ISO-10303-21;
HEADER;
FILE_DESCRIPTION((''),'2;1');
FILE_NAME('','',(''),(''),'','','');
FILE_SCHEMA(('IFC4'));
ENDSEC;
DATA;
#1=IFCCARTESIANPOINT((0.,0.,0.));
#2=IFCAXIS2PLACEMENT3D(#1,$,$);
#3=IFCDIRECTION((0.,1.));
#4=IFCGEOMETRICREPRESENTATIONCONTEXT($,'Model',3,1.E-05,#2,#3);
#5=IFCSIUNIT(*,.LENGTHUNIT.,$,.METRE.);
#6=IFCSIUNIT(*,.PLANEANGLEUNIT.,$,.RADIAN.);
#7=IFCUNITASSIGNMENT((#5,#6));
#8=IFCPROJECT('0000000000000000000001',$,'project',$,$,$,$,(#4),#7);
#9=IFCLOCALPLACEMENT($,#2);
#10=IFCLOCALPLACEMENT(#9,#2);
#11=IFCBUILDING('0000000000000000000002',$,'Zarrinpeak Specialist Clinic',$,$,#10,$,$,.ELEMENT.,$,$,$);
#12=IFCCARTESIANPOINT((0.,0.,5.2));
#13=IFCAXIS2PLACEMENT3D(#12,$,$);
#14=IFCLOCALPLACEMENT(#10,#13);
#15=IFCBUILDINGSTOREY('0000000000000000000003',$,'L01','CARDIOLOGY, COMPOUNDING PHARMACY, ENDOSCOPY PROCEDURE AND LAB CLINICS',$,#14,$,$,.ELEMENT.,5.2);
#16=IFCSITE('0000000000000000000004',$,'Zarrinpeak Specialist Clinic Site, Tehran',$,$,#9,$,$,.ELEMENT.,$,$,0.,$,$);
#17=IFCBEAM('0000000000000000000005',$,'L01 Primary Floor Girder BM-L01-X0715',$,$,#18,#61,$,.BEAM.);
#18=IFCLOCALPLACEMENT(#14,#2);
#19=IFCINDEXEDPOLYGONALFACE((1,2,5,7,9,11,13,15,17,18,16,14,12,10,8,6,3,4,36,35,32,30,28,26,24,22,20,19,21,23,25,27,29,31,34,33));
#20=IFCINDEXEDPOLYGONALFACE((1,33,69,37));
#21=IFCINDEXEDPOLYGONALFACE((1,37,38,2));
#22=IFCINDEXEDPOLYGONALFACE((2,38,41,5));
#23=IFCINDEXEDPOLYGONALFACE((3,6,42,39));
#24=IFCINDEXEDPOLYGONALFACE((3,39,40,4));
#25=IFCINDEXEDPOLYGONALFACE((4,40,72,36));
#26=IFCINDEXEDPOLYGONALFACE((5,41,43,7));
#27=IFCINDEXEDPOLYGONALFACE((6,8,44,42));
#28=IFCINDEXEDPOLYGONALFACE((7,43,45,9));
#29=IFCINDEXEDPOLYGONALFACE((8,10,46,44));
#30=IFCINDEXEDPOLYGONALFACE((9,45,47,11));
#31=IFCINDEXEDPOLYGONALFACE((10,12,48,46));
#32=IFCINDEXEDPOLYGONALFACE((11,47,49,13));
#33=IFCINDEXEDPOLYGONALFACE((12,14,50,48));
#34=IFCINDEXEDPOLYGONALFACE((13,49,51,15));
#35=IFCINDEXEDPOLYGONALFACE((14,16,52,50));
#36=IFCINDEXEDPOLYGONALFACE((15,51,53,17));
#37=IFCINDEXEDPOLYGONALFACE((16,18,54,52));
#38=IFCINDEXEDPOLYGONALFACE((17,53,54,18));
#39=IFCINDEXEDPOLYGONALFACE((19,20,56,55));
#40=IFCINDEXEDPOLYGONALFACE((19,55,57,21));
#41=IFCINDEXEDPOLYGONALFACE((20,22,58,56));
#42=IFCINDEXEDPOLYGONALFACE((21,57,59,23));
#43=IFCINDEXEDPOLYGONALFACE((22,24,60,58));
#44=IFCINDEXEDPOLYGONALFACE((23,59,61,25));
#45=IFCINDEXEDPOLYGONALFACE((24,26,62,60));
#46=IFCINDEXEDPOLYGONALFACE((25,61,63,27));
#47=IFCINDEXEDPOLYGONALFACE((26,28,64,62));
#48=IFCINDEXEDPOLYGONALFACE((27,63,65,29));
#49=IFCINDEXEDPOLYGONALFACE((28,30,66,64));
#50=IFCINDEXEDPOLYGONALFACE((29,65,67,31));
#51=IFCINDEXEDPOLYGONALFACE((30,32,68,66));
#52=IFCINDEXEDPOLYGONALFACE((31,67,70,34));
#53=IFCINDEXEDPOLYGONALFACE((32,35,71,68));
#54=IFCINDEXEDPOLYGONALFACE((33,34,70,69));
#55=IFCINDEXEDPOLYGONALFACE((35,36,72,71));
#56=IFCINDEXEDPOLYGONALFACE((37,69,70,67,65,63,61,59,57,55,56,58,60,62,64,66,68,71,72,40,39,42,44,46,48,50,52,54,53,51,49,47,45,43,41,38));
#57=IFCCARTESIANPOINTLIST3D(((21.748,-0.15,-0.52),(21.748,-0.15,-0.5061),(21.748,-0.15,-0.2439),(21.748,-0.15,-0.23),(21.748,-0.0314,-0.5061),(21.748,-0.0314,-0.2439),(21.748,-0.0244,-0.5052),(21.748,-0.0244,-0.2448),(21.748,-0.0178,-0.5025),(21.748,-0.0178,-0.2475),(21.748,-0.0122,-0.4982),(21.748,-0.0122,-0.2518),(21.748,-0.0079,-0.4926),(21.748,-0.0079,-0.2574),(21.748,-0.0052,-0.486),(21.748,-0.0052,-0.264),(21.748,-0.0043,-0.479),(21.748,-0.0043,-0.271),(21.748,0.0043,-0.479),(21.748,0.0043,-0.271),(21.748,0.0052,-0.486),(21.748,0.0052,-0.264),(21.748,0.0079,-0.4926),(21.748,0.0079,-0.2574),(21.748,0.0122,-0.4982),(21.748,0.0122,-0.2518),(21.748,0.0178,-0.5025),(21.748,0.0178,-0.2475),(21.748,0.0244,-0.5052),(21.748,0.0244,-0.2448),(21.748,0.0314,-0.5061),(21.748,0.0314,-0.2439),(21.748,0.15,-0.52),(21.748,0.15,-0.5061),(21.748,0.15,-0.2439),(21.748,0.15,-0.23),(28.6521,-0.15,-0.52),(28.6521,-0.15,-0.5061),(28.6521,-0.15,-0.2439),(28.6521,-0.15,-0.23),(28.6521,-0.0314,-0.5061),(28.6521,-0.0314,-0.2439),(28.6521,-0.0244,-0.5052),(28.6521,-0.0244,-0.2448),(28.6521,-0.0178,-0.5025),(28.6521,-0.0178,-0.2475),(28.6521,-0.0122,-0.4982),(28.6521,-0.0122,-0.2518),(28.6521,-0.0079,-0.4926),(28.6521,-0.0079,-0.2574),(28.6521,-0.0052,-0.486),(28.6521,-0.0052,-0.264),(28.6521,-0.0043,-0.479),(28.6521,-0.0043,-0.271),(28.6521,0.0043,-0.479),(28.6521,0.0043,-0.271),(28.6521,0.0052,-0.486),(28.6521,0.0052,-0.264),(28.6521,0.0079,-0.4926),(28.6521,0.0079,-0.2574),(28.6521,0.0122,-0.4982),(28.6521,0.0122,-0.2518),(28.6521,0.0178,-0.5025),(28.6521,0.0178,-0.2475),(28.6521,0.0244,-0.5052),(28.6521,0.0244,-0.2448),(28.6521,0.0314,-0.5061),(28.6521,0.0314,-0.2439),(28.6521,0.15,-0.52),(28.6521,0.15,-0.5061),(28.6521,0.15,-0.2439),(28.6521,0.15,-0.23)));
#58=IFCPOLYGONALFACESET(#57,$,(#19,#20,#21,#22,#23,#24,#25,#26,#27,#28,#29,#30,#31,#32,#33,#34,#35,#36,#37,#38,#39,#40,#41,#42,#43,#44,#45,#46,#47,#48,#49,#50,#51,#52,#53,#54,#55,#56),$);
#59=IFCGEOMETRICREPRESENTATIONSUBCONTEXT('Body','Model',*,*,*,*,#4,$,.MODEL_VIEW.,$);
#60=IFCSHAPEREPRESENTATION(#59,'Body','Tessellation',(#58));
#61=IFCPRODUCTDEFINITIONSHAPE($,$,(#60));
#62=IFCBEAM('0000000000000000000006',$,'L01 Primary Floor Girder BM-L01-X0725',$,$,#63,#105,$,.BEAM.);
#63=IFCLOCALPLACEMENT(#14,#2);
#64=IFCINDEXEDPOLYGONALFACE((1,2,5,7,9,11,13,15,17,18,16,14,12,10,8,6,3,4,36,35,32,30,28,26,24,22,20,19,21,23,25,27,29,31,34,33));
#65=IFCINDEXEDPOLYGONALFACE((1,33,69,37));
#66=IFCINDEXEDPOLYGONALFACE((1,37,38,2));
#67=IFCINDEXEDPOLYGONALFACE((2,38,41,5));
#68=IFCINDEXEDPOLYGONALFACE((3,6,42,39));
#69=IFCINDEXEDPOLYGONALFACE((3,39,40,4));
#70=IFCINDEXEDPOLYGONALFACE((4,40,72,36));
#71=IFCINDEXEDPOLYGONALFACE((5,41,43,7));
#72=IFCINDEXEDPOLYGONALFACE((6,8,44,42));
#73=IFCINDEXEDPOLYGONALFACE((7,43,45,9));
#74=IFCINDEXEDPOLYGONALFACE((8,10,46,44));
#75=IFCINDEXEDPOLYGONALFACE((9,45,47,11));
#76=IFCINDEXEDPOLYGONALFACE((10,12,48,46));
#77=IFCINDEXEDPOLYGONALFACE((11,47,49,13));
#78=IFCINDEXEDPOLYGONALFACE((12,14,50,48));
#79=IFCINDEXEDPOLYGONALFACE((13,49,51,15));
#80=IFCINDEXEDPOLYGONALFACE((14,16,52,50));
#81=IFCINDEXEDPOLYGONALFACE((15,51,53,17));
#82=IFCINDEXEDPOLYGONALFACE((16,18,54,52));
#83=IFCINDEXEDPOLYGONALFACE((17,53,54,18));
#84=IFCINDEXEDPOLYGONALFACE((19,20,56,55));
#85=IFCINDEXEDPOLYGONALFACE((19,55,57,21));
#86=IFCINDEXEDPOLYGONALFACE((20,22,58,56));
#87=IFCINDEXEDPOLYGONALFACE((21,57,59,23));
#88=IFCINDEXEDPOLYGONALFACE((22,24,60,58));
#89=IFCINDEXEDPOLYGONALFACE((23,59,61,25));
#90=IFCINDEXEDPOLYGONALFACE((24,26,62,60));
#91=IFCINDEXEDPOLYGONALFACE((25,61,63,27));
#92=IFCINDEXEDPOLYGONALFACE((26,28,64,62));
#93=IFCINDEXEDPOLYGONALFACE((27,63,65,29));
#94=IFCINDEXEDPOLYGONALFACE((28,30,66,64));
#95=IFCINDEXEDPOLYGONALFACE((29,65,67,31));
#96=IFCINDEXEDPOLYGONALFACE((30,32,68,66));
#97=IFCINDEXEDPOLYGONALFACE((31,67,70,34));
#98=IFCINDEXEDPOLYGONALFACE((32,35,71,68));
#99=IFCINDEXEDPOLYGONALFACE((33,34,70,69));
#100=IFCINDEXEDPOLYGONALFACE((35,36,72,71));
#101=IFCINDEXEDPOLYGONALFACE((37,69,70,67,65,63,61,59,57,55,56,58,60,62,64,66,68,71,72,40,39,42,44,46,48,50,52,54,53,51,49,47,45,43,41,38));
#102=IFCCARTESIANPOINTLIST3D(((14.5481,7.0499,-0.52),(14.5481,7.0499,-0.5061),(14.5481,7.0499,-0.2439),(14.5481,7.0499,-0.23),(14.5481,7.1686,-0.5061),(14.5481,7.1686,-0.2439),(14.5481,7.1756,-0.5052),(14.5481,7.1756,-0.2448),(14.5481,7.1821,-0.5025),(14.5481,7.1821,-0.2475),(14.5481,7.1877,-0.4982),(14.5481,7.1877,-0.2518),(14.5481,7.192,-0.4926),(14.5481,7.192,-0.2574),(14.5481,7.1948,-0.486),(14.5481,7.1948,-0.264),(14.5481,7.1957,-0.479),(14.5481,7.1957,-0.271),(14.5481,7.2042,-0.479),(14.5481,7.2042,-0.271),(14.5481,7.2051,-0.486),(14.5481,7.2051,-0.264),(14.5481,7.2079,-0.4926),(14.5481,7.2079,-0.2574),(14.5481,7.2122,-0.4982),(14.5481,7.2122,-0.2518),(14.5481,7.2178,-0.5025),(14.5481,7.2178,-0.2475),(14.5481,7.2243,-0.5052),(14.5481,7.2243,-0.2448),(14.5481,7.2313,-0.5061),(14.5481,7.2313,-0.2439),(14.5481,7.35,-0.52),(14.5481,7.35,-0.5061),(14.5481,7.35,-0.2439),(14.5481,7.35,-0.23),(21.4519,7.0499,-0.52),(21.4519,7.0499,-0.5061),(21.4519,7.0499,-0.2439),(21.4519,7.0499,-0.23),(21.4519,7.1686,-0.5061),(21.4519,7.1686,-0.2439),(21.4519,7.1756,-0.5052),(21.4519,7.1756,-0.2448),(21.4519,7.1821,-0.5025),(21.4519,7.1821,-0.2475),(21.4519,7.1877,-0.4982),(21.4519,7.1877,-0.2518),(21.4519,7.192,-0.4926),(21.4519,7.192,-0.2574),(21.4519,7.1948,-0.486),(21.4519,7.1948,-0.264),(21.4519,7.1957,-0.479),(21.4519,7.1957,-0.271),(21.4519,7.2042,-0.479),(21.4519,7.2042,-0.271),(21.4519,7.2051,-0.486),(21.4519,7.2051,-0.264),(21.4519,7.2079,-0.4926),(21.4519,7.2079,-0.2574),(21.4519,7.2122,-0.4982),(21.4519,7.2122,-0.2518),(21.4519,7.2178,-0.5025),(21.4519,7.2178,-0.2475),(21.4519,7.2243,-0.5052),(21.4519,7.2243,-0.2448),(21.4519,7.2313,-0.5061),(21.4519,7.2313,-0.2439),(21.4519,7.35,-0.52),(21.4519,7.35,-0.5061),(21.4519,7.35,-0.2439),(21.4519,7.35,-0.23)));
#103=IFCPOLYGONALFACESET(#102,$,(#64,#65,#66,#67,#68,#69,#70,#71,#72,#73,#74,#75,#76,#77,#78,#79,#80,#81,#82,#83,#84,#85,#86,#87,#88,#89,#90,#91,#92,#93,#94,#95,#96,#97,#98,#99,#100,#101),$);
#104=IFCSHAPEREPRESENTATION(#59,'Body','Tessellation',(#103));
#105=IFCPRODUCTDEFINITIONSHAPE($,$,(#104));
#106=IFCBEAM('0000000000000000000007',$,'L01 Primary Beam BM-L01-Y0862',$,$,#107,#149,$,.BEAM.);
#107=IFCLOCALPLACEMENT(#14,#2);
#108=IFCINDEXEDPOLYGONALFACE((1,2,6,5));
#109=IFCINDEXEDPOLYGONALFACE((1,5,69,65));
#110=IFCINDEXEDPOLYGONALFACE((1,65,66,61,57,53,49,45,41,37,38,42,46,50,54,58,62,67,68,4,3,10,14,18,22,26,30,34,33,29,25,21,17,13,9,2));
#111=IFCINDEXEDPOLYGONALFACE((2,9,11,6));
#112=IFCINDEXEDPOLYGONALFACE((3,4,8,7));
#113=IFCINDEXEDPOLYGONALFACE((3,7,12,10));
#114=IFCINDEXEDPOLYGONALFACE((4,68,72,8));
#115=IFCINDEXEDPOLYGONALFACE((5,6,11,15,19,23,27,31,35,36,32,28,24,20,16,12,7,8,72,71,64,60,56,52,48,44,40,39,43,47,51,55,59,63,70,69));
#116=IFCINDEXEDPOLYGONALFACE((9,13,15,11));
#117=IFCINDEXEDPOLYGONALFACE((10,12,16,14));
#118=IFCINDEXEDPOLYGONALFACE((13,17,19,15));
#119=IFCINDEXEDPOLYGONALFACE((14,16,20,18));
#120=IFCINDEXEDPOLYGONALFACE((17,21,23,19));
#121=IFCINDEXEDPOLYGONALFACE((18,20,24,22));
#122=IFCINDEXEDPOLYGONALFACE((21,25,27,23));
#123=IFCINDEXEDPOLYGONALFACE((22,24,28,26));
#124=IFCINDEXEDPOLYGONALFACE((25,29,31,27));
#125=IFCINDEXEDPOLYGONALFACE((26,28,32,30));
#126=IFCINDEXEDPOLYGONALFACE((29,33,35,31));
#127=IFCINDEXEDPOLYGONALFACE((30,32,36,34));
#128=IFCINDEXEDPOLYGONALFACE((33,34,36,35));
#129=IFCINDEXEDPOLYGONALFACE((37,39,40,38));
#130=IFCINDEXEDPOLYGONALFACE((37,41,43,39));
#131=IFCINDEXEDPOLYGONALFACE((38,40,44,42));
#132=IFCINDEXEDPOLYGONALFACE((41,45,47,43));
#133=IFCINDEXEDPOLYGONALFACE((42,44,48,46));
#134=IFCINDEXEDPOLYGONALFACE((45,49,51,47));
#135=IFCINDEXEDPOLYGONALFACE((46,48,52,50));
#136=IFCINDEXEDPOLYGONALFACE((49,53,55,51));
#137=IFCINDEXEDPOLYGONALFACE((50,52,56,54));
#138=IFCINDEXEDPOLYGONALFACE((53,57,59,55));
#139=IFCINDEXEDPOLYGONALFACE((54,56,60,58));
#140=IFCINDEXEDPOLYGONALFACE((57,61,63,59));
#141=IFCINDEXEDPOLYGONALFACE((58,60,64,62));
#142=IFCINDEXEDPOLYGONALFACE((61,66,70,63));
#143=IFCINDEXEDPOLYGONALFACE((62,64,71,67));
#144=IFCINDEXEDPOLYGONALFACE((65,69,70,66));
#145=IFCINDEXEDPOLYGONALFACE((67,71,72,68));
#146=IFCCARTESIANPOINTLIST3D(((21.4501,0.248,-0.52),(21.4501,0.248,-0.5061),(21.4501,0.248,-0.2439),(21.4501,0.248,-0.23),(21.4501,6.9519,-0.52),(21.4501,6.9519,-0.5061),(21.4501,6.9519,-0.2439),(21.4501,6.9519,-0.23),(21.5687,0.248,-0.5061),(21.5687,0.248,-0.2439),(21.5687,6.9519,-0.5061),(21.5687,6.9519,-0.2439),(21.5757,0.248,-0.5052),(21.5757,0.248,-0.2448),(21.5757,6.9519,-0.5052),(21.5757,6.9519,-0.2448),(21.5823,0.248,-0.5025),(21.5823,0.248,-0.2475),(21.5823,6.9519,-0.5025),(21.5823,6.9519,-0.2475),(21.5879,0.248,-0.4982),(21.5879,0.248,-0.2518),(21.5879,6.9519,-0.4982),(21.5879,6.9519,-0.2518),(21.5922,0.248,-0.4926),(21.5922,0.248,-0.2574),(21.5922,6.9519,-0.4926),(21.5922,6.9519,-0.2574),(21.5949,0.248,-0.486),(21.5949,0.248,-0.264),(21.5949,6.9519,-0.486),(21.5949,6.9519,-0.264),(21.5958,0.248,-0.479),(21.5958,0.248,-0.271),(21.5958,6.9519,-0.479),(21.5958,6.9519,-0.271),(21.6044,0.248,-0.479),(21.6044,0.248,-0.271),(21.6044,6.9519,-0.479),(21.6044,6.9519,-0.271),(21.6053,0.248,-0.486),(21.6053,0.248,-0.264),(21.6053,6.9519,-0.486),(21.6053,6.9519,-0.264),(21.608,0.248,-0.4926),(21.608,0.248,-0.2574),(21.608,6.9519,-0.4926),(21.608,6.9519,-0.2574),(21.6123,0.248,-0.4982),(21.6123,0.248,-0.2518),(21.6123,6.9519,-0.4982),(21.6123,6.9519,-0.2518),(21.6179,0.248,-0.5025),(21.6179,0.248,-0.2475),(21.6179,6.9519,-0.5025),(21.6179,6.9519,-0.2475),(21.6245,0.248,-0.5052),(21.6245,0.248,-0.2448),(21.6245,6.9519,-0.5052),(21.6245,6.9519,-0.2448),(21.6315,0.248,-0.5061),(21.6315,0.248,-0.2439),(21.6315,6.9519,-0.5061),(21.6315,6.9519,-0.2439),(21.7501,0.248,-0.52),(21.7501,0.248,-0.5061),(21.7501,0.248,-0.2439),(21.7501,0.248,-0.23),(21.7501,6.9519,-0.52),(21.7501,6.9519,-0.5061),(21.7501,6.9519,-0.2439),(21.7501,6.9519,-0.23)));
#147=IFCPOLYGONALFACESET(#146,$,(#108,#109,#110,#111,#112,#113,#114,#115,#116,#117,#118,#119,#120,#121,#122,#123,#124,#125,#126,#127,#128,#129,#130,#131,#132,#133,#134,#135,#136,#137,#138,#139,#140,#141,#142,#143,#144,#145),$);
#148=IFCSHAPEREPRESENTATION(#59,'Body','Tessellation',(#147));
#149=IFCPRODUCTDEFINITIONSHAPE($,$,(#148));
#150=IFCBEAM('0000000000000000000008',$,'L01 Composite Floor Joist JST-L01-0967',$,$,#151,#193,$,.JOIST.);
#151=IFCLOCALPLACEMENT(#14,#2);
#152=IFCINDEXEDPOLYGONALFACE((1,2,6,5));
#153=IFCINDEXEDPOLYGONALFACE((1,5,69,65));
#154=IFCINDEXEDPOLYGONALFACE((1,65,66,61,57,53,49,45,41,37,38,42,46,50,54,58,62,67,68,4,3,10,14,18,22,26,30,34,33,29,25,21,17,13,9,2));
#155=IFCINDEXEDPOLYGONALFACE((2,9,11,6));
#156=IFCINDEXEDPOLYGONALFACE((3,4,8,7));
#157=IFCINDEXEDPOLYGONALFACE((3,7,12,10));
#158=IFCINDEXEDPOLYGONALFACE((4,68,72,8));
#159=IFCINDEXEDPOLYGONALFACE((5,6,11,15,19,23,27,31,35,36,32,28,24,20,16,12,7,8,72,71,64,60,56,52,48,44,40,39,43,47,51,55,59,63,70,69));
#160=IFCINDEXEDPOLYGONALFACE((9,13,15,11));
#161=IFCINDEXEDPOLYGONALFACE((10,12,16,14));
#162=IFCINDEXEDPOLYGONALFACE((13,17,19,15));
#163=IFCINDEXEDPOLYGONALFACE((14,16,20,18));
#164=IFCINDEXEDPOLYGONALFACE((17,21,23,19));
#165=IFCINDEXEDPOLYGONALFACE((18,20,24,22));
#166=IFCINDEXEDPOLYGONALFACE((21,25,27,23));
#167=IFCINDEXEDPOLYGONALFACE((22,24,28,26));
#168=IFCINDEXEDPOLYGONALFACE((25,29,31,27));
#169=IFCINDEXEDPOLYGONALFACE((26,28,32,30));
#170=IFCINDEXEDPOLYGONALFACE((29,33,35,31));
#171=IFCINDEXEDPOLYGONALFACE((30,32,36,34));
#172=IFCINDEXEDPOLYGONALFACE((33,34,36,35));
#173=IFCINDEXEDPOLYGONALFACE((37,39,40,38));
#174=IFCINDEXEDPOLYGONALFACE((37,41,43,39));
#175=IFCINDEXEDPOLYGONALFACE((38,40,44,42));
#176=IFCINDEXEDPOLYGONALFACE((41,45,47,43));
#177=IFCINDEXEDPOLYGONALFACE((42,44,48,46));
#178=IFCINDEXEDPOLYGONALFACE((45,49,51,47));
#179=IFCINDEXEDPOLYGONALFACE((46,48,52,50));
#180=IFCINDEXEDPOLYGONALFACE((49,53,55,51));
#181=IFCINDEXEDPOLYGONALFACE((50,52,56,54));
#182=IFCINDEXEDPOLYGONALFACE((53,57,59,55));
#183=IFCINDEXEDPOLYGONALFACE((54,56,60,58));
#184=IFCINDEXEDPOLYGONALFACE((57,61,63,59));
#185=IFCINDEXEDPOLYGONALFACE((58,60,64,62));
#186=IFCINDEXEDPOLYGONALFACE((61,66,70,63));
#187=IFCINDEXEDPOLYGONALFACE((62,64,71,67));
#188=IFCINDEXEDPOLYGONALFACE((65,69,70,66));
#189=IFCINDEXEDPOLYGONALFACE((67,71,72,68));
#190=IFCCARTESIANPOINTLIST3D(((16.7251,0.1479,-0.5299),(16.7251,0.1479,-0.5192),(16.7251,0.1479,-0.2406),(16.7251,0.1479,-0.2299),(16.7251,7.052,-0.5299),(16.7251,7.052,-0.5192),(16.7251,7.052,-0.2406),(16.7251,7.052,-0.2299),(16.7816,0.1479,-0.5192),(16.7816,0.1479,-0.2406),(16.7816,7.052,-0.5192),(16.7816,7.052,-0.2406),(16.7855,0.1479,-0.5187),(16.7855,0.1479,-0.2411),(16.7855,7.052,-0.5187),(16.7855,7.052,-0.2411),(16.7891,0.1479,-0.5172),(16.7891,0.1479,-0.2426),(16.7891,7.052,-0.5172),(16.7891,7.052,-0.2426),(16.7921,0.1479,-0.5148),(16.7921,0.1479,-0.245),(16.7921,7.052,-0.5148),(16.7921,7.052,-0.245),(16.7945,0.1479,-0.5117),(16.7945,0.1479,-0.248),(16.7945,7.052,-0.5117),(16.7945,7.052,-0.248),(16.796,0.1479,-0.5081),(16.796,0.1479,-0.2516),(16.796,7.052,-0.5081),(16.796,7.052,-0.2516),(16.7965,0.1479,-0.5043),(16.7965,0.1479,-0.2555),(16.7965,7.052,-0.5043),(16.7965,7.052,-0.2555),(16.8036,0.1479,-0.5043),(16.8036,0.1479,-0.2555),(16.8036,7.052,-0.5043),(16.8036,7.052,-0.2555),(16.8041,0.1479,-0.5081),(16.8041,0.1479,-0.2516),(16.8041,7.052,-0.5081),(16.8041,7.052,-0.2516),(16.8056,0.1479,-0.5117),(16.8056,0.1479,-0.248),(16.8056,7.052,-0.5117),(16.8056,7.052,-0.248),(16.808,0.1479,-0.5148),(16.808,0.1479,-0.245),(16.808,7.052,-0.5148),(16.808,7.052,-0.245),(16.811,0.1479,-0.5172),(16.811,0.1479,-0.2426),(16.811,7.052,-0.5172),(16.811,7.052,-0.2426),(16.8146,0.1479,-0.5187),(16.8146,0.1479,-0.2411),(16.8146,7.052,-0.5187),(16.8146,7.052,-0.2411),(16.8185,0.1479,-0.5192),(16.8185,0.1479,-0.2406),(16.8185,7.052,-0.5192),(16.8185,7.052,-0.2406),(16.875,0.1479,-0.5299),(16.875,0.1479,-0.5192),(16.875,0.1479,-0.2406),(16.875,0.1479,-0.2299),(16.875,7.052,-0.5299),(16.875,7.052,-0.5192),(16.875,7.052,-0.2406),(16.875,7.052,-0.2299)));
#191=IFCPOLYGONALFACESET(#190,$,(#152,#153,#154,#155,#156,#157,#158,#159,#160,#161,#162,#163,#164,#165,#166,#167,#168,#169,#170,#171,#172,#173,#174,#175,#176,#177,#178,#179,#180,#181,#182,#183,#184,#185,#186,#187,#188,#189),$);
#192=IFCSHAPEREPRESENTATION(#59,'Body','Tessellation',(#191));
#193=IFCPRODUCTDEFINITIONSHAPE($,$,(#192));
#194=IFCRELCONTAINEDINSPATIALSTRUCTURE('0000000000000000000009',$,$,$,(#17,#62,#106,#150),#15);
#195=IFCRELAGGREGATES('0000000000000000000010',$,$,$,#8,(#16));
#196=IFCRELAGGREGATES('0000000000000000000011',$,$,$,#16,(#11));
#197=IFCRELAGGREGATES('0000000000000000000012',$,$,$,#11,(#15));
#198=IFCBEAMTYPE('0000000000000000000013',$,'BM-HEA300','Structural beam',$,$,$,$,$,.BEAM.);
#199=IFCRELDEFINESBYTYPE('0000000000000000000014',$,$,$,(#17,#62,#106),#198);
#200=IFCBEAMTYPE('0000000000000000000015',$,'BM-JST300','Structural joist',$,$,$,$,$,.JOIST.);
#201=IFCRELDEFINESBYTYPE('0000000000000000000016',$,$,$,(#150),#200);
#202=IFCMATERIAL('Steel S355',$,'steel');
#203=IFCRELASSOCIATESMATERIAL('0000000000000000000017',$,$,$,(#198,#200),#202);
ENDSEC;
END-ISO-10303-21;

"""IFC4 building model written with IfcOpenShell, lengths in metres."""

from ifc_helpers import new_model, si_unit, direction, frame, origin, origin_2d, place, context, subcontext, project, spatial, i_section, extrude, material, material_profile, profile_set, type_object, element, save


model = new_model("IFC4")

# Units and contexts
model_context = context("Model", 3, precision=1e-05, world=origin(), true_north=direction((0.0, 1.0)))
body_context = subcontext(model_context, "Body", "Model", "MODEL_VIEW")
ifc_project = project(units=[si_unit("LENGTHUNIT", "METRE"), si_unit("PLANEANGLEUNIT", "RADIAN")], contexts=[model_context])

# Site, building, storey
site_placement = place(None, origin())
site = spatial("IfcSite", under=ifc_project, at=site_placement, Name="Zarrinpeak Specialist Clinic Site, Tehran", CompositionType="ELEMENT", RefElevation=0.0)
building_placement = place(site_placement, origin())
building = spatial("IfcBuilding", under=site, at=building_placement, Name="Zarrinpeak Specialist Clinic", CompositionType="ELEMENT")
storey_placement = place(building_placement, frame((0.0, 0.0, 5.2)))
storey = spatial("IfcBuildingStorey", under=building, at=storey_placement, Name="L01", Description="CARDIOLOGY, COMPOUNDING PHARMACY, ENDOSCOPY PROCEDURE AND LAB CLINICS", CompositionType="ELEMENT", Elevation=5.2)

# Shared definitions
ifc_material_1 = material(Name="Steel S355", Category="steel")

# Beams
ifc_material_profile_1 = material_profile(ifc_material_1, i_section(OverallWidth=0.3, OverallDepth=0.29, WebThickness=0.0085, FlangeThickness=0.0139, FilletRadius=0.0271, at=origin_2d()), Name="HEA 300")
ifc_profile_set_1 = profile_set([ifc_material_profile_1], Name="Steel S355")
beam_type_1 = type_object("IfcBeamType", Name="BM-HEA300", Description="Structural beam", PredefinedType="BEAM", material=ifc_profile_set_1)
beam_1_placement = place(storey_placement, frame((21.748, 0.0, -0.375), z_axis=(1.0, 0.0, 0.0), x_axis=(0.0, 1.0, 0.0)))
element("IfcBeam", 1, at=beam_1_placement, inside=storey, type_object=beam_type_1, Name="L01 Primary Floor Girder BM-L01-X0715", PredefinedType="BEAM", context=body_context, shape_type="SweptSolid", body=[
    extrude(i_section(OverallWidth=0.3, OverallDepth=0.29, WebThickness=0.0085, FlangeThickness=0.0139, FilletRadius=0.0271, at=origin_2d()), origin(), (0.0, 0.0, 1.0), 6.9041),
])
beam_2_placement = place(storey_placement, frame((14.5481, 7.2, -0.375), z_axis=(1.0, 0.0, 0.0), x_axis=(0.0, 1.0, 0.0)))
element("IfcBeam", 2, at=beam_2_placement, inside=storey, type_object=beam_type_1, Name="L01 Primary Floor Girder BM-L01-X0725", PredefinedType="BEAM", context=body_context, shape_type="SweptSolid", body=[
    extrude(i_section(OverallWidth=0.3, OverallDepth=0.29, WebThickness=0.0085, FlangeThickness=0.0139, FilletRadius=0.0271, at=origin_2d()), origin(), (0.0, 0.0, 1.0), 6.9038),
])
beam_3_placement = place(storey_placement, frame((21.6001, 0.248, -0.375), z_axis=(0.0, 1.0, 0.0), x_axis=(-1.0, 0.0, 0.0)))
element("IfcBeam", 3, at=beam_3_placement, inside=storey, type_object=beam_type_1, Name="L01 Primary Beam BM-L01-Y0862", PredefinedType="BEAM", context=body_context, shape_type="SweptSolid", body=[
    extrude(i_section(OverallWidth=0.3, OverallDepth=0.29, WebThickness=0.0085, FlangeThickness=0.0139, FilletRadius=0.0271, at=origin_2d()), origin(), (0.0, 0.0, 1.0), 6.7039),
])
ifc_material_profile_2 = material_profile(ifc_material_1, i_section(OverallWidth=0.1499, OverallDepth=0.3, WebThickness=0.0071, FlangeThickness=0.0107, FilletRadius=0.0149, at=origin_2d()), Name="IPE 300")
ifc_profile_set_2 = profile_set([ifc_material_profile_2], Name="Steel S355")
beam_type_2 = type_object("IfcBeamType", Name="BM-JST300", Description="Structural joist", PredefinedType="JOIST", material=ifc_profile_set_2)
for number, where, z_axis, x_axis, name in (
    (4, (16.8, 0.1479, -0.3799), (0.0, 1.0, 0.0), (-1.0, 0.0, 0.0), "L01 Composite Floor Joist JST-L01-0967"),
):
    element("IfcBeam", number, at=place(storey_placement, frame(where, z_axis=z_axis, x_axis=x_axis)), inside=storey, type_object=beam_type_2, Name=name, PredefinedType="JOIST", context=body_context, shape_type="SweptSolid", body=[
        extrude(i_section(OverallWidth=0.1499, OverallDepth=0.3, WebThickness=0.0071, FlangeThickness=0.0107, FilletRadius=0.0149, at=origin_2d()), origin(), (0.0, 0.0, 1.0), 6.9041),
    ])

save(model, "model.ifc")
